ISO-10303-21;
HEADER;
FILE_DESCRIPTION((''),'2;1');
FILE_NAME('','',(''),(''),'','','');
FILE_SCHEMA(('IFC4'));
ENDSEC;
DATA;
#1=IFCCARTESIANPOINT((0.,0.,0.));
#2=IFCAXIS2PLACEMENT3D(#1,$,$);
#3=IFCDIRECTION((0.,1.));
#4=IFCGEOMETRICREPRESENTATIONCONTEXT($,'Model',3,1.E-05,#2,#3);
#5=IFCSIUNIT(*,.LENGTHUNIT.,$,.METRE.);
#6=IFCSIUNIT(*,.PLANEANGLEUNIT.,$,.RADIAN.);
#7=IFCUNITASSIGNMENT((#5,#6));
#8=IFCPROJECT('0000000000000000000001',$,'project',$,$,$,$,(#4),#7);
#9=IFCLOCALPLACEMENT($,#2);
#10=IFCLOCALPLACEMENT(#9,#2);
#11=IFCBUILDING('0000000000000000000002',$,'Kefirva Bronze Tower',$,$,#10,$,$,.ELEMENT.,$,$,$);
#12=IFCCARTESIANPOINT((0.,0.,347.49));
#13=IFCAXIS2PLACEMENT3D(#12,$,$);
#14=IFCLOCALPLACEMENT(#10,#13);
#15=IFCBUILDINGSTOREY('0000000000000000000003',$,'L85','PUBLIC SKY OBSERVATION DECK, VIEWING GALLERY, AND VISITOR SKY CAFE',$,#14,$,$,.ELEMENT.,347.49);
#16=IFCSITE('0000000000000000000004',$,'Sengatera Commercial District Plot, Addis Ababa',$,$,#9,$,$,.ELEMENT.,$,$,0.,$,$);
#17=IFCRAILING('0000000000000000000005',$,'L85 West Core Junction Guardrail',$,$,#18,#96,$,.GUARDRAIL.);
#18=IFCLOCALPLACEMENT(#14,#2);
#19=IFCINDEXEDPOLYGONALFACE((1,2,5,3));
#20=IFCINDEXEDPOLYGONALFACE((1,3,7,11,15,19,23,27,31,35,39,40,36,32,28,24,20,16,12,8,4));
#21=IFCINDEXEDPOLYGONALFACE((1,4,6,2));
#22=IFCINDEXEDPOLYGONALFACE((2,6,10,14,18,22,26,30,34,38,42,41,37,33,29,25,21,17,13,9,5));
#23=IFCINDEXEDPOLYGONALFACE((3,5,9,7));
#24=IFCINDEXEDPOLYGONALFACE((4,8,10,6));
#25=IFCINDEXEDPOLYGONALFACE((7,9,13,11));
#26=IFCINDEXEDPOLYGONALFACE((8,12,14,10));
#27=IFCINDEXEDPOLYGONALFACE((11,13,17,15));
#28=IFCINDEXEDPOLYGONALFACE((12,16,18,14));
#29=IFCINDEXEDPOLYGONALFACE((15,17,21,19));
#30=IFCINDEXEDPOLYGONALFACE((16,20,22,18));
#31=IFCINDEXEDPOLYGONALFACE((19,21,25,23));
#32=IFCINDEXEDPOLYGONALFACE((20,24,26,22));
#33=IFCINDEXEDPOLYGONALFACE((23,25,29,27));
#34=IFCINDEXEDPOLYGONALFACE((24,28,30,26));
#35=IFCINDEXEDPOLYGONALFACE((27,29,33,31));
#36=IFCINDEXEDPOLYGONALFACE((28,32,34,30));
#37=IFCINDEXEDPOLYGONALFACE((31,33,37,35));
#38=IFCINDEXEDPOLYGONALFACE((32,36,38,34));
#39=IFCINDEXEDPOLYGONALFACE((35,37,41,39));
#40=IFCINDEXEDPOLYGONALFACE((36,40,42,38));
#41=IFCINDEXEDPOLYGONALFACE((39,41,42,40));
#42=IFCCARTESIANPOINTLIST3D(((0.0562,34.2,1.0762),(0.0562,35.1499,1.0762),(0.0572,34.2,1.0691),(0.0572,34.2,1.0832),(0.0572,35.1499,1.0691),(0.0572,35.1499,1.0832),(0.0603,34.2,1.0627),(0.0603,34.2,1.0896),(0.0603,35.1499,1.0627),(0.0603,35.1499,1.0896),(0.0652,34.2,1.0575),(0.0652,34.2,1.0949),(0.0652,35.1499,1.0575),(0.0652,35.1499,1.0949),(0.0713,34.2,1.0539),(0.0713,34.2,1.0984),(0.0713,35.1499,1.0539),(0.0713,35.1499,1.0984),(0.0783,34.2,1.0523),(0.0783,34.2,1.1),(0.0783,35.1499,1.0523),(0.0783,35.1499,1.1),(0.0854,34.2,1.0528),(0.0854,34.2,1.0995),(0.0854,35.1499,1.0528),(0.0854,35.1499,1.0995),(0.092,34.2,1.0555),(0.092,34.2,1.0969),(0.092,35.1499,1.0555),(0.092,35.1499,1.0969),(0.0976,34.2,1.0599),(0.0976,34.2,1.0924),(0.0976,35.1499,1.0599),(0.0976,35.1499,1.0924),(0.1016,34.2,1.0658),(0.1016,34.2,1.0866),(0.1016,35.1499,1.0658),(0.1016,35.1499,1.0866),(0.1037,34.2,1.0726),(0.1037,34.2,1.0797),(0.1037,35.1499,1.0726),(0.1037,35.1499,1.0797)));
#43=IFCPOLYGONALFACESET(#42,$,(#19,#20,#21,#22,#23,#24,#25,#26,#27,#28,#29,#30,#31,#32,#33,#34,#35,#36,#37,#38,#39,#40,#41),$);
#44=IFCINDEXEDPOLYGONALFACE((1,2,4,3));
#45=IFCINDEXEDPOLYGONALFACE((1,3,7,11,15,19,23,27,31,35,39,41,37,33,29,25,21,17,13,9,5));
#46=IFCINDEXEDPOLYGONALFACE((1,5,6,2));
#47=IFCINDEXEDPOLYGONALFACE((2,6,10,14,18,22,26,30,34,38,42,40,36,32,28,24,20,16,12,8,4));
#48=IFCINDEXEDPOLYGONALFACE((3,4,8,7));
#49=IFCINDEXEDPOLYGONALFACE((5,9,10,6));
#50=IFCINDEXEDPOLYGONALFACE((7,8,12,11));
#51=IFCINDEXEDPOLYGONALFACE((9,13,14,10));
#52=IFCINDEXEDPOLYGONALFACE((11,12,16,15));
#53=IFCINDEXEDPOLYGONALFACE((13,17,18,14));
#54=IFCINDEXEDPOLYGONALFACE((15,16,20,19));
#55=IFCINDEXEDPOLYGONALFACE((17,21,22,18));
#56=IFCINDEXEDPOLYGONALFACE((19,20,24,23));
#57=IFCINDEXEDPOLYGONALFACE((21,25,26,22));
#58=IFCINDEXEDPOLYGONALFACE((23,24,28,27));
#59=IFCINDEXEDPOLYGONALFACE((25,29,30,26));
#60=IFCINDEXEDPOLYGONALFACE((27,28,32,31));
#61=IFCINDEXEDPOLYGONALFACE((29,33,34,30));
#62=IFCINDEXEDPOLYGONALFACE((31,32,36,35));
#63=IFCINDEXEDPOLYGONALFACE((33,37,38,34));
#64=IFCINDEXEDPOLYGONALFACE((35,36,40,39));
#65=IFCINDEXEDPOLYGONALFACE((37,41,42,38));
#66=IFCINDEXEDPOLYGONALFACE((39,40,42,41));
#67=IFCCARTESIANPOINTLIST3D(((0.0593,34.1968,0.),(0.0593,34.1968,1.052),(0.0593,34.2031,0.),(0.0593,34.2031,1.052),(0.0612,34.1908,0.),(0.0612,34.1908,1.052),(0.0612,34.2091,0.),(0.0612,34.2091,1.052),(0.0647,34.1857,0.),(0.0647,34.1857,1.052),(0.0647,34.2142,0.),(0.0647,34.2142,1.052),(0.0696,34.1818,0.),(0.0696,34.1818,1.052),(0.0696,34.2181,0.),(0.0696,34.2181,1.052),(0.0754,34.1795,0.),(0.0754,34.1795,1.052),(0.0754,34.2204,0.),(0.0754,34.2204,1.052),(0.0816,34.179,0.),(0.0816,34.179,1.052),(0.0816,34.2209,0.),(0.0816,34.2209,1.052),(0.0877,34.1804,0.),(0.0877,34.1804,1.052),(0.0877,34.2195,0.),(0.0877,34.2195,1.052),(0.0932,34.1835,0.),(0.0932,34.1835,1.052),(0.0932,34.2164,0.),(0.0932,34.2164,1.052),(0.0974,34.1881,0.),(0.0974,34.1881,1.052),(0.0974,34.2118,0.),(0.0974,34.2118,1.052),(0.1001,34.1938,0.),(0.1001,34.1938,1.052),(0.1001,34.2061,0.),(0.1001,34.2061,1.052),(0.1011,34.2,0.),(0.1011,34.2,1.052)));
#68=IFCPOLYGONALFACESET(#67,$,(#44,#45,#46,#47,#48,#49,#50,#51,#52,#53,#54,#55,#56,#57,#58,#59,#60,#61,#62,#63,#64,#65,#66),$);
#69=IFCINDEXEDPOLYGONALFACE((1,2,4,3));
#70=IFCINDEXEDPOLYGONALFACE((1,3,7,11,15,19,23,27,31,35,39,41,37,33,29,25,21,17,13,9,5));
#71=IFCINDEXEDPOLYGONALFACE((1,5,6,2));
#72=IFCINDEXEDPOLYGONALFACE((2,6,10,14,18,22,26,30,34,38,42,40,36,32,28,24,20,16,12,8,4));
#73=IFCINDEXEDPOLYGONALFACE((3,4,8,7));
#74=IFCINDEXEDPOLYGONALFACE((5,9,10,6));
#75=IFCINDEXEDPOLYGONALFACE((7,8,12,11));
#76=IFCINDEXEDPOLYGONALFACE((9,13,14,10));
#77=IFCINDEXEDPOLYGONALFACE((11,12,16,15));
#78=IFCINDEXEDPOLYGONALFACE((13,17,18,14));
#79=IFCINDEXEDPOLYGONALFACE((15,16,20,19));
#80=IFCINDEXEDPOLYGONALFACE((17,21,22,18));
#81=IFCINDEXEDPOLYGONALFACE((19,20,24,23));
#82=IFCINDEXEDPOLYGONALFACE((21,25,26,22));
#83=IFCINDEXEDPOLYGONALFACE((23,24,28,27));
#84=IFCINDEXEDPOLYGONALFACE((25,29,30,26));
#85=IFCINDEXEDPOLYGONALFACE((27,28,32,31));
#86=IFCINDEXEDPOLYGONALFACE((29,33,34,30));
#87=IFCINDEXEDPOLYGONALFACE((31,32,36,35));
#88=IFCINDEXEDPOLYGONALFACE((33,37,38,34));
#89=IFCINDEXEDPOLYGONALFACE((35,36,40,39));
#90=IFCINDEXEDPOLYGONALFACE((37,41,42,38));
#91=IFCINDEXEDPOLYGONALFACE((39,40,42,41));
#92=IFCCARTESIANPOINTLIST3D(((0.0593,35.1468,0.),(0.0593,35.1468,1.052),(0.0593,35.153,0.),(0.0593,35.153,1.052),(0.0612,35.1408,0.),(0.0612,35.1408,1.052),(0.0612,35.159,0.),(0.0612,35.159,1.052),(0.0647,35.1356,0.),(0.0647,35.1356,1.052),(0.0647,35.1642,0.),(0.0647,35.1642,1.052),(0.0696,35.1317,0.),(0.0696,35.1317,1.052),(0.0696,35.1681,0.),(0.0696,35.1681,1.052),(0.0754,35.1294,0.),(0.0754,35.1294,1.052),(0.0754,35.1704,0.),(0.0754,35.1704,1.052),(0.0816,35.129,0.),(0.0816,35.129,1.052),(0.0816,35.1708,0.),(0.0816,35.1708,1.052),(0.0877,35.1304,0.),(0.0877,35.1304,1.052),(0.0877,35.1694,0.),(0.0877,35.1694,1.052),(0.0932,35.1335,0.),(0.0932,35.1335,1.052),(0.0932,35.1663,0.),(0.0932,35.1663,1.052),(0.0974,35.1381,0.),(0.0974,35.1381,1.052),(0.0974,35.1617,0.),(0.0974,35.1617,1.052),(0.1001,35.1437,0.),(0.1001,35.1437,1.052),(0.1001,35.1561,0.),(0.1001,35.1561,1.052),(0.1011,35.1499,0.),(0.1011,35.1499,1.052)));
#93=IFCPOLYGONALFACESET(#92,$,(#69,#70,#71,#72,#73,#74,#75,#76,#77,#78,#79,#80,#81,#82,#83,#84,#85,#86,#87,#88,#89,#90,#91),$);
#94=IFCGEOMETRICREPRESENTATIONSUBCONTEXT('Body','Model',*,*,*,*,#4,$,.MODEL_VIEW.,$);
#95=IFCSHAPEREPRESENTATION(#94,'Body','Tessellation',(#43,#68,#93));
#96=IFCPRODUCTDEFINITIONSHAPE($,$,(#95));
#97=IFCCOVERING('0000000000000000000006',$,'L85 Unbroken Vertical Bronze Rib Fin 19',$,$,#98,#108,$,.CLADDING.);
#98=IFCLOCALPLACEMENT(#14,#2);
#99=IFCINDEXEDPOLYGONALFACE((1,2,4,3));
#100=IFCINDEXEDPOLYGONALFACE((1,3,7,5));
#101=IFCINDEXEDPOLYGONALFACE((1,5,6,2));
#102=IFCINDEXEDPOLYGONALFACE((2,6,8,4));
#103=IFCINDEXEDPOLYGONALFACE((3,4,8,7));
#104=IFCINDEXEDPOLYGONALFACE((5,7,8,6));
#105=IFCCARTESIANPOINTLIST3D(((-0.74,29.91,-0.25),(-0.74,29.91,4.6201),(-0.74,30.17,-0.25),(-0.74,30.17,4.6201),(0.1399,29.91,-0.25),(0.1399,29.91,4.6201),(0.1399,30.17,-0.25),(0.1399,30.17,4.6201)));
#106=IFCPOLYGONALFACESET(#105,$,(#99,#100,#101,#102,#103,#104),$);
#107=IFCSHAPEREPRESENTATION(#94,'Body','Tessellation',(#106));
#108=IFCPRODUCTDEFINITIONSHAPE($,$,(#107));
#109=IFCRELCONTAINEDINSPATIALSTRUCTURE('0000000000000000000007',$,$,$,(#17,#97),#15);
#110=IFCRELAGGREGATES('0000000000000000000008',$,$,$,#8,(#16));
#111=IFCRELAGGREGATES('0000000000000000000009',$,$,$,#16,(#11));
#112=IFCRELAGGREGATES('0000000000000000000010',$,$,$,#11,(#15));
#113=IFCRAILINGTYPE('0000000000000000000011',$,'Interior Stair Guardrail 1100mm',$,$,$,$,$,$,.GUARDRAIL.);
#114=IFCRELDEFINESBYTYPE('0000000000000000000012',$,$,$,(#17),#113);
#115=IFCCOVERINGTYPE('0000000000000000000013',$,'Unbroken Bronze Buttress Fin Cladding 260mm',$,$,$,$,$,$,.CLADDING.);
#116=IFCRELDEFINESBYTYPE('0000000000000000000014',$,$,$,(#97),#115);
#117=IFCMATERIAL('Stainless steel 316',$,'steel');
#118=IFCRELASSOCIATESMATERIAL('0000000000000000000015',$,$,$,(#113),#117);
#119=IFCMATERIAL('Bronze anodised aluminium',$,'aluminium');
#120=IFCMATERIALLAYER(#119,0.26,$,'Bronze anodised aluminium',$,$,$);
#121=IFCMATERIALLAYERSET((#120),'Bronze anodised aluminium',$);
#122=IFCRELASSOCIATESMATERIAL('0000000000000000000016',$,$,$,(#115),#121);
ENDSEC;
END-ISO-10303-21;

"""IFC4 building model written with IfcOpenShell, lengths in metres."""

from ifc_helpers import new_model, si_unit, direction, frame, origin, origin_2d, place, context, subcontext, project, spatial, rectangle, circle, extrude, material, layer, layer_set, type_object, element, save


model = new_model("IFC4")

# Units and contexts
model_context = context("Model", 3, precision=1e-05, world=origin(), true_north=direction((0.0, 1.0)))
body_context = subcontext(model_context, "Body", "Model", "MODEL_VIEW")
ifc_project = project(units=[si_unit("LENGTHUNIT", "METRE"), si_unit("PLANEANGLEUNIT", "RADIAN")], contexts=[model_context])

# Site, building, storey
site_placement = place(None, origin())
site = spatial("IfcSite", under=ifc_project, at=site_placement, Name="Sengatera Commercial District Plot, Addis Ababa", CompositionType="ELEMENT", RefElevation=0.0)
building_placement = place(site_placement, origin())
building = spatial("IfcBuilding", under=site, at=building_placement, Name="Kefirva Bronze Tower", CompositionType="ELEMENT")
storey_placement = place(building_placement, frame((0.0, 0.0, 347.49)))
storey = spatial("IfcBuildingStorey", under=building, at=storey_placement, Name="L85", Description="PUBLIC SKY OBSERVATION DECK, VIEWING GALLERY, AND VISITOR SKY CAFE", CompositionType="ELEMENT", Elevation=347.49)

# Shared definitions
ifc_material_1 = material(Name="Bronze anodised aluminium", Category="aluminium")

# Shared definitions
ifc_material_2 = material(Name="Stainless steel 316", Category="steel")

# Railing
railing_type = type_object("IfcRailingType", Name="Interior Stair Guardrail 1100mm", PredefinedType="GUARDRAIL", material=ifc_material_2)
railing_1_placement = place(storey_placement, frame((0.0801, 34.2, 0.0)))
element("IfcRailing", 1, at=railing_1_placement, inside=storey, type_object=railing_type, Name="L85 West Core Junction Guardrail", PredefinedType="GUARDRAIL", context=body_context, shape_type="SweptSolid", body=[
    extrude(circle(Radius=0.0239, at=origin_2d()), frame((0.0, 0.0, 1.0762), z_axis=(0.0, 1.0, 0.0), x_axis=(-1.0, 0.0, 0.0)), (0.0, 0.0, 1.0), 0.95),
    extrude(circle(Radius=0.021, at=origin_2d()), origin(), (0.0, 0.0, 1.0), 1.052),
    extrude(circle(Radius=0.021, at=origin_2d()), frame((0.0, 0.95, 0.0)), (0.0, 0.0, 1.0), 1.052),
])

# Covering
ifc_layer_1 = layer(ifc_material_1, 0.26, Name="Bronze anodised aluminium")
ifc_layer_set_1 = layer_set([ifc_layer_1], Name="Bronze anodised aluminium")
covering_type = type_object("IfcCoveringType", Name="Unbroken Bronze Buttress Fin Cladding 260mm", PredefinedType="CLADDING", material=ifc_layer_set_1)
covering_placement = place(storey_placement, frame((-0.3, 30.04, -0.25), z_axis=(0.0, 0.0, 1.0), x_axis=(0.0, -1.0, 0.0)))
element("IfcCovering", 2, at=covering_placement, inside=storey, type_object=covering_type, Name="L85 Unbroken Vertical Bronze Rib Fin 19", PredefinedType="CLADDING", context=body_context, shape_type="SweptSolid", body=[
    extrude(rectangle(XDim=0.26, YDim=0.8799, at=origin_2d()), origin(), (0.0, 0.0, 1.0), 4.8701),
])

save(model, "model.ifc")
